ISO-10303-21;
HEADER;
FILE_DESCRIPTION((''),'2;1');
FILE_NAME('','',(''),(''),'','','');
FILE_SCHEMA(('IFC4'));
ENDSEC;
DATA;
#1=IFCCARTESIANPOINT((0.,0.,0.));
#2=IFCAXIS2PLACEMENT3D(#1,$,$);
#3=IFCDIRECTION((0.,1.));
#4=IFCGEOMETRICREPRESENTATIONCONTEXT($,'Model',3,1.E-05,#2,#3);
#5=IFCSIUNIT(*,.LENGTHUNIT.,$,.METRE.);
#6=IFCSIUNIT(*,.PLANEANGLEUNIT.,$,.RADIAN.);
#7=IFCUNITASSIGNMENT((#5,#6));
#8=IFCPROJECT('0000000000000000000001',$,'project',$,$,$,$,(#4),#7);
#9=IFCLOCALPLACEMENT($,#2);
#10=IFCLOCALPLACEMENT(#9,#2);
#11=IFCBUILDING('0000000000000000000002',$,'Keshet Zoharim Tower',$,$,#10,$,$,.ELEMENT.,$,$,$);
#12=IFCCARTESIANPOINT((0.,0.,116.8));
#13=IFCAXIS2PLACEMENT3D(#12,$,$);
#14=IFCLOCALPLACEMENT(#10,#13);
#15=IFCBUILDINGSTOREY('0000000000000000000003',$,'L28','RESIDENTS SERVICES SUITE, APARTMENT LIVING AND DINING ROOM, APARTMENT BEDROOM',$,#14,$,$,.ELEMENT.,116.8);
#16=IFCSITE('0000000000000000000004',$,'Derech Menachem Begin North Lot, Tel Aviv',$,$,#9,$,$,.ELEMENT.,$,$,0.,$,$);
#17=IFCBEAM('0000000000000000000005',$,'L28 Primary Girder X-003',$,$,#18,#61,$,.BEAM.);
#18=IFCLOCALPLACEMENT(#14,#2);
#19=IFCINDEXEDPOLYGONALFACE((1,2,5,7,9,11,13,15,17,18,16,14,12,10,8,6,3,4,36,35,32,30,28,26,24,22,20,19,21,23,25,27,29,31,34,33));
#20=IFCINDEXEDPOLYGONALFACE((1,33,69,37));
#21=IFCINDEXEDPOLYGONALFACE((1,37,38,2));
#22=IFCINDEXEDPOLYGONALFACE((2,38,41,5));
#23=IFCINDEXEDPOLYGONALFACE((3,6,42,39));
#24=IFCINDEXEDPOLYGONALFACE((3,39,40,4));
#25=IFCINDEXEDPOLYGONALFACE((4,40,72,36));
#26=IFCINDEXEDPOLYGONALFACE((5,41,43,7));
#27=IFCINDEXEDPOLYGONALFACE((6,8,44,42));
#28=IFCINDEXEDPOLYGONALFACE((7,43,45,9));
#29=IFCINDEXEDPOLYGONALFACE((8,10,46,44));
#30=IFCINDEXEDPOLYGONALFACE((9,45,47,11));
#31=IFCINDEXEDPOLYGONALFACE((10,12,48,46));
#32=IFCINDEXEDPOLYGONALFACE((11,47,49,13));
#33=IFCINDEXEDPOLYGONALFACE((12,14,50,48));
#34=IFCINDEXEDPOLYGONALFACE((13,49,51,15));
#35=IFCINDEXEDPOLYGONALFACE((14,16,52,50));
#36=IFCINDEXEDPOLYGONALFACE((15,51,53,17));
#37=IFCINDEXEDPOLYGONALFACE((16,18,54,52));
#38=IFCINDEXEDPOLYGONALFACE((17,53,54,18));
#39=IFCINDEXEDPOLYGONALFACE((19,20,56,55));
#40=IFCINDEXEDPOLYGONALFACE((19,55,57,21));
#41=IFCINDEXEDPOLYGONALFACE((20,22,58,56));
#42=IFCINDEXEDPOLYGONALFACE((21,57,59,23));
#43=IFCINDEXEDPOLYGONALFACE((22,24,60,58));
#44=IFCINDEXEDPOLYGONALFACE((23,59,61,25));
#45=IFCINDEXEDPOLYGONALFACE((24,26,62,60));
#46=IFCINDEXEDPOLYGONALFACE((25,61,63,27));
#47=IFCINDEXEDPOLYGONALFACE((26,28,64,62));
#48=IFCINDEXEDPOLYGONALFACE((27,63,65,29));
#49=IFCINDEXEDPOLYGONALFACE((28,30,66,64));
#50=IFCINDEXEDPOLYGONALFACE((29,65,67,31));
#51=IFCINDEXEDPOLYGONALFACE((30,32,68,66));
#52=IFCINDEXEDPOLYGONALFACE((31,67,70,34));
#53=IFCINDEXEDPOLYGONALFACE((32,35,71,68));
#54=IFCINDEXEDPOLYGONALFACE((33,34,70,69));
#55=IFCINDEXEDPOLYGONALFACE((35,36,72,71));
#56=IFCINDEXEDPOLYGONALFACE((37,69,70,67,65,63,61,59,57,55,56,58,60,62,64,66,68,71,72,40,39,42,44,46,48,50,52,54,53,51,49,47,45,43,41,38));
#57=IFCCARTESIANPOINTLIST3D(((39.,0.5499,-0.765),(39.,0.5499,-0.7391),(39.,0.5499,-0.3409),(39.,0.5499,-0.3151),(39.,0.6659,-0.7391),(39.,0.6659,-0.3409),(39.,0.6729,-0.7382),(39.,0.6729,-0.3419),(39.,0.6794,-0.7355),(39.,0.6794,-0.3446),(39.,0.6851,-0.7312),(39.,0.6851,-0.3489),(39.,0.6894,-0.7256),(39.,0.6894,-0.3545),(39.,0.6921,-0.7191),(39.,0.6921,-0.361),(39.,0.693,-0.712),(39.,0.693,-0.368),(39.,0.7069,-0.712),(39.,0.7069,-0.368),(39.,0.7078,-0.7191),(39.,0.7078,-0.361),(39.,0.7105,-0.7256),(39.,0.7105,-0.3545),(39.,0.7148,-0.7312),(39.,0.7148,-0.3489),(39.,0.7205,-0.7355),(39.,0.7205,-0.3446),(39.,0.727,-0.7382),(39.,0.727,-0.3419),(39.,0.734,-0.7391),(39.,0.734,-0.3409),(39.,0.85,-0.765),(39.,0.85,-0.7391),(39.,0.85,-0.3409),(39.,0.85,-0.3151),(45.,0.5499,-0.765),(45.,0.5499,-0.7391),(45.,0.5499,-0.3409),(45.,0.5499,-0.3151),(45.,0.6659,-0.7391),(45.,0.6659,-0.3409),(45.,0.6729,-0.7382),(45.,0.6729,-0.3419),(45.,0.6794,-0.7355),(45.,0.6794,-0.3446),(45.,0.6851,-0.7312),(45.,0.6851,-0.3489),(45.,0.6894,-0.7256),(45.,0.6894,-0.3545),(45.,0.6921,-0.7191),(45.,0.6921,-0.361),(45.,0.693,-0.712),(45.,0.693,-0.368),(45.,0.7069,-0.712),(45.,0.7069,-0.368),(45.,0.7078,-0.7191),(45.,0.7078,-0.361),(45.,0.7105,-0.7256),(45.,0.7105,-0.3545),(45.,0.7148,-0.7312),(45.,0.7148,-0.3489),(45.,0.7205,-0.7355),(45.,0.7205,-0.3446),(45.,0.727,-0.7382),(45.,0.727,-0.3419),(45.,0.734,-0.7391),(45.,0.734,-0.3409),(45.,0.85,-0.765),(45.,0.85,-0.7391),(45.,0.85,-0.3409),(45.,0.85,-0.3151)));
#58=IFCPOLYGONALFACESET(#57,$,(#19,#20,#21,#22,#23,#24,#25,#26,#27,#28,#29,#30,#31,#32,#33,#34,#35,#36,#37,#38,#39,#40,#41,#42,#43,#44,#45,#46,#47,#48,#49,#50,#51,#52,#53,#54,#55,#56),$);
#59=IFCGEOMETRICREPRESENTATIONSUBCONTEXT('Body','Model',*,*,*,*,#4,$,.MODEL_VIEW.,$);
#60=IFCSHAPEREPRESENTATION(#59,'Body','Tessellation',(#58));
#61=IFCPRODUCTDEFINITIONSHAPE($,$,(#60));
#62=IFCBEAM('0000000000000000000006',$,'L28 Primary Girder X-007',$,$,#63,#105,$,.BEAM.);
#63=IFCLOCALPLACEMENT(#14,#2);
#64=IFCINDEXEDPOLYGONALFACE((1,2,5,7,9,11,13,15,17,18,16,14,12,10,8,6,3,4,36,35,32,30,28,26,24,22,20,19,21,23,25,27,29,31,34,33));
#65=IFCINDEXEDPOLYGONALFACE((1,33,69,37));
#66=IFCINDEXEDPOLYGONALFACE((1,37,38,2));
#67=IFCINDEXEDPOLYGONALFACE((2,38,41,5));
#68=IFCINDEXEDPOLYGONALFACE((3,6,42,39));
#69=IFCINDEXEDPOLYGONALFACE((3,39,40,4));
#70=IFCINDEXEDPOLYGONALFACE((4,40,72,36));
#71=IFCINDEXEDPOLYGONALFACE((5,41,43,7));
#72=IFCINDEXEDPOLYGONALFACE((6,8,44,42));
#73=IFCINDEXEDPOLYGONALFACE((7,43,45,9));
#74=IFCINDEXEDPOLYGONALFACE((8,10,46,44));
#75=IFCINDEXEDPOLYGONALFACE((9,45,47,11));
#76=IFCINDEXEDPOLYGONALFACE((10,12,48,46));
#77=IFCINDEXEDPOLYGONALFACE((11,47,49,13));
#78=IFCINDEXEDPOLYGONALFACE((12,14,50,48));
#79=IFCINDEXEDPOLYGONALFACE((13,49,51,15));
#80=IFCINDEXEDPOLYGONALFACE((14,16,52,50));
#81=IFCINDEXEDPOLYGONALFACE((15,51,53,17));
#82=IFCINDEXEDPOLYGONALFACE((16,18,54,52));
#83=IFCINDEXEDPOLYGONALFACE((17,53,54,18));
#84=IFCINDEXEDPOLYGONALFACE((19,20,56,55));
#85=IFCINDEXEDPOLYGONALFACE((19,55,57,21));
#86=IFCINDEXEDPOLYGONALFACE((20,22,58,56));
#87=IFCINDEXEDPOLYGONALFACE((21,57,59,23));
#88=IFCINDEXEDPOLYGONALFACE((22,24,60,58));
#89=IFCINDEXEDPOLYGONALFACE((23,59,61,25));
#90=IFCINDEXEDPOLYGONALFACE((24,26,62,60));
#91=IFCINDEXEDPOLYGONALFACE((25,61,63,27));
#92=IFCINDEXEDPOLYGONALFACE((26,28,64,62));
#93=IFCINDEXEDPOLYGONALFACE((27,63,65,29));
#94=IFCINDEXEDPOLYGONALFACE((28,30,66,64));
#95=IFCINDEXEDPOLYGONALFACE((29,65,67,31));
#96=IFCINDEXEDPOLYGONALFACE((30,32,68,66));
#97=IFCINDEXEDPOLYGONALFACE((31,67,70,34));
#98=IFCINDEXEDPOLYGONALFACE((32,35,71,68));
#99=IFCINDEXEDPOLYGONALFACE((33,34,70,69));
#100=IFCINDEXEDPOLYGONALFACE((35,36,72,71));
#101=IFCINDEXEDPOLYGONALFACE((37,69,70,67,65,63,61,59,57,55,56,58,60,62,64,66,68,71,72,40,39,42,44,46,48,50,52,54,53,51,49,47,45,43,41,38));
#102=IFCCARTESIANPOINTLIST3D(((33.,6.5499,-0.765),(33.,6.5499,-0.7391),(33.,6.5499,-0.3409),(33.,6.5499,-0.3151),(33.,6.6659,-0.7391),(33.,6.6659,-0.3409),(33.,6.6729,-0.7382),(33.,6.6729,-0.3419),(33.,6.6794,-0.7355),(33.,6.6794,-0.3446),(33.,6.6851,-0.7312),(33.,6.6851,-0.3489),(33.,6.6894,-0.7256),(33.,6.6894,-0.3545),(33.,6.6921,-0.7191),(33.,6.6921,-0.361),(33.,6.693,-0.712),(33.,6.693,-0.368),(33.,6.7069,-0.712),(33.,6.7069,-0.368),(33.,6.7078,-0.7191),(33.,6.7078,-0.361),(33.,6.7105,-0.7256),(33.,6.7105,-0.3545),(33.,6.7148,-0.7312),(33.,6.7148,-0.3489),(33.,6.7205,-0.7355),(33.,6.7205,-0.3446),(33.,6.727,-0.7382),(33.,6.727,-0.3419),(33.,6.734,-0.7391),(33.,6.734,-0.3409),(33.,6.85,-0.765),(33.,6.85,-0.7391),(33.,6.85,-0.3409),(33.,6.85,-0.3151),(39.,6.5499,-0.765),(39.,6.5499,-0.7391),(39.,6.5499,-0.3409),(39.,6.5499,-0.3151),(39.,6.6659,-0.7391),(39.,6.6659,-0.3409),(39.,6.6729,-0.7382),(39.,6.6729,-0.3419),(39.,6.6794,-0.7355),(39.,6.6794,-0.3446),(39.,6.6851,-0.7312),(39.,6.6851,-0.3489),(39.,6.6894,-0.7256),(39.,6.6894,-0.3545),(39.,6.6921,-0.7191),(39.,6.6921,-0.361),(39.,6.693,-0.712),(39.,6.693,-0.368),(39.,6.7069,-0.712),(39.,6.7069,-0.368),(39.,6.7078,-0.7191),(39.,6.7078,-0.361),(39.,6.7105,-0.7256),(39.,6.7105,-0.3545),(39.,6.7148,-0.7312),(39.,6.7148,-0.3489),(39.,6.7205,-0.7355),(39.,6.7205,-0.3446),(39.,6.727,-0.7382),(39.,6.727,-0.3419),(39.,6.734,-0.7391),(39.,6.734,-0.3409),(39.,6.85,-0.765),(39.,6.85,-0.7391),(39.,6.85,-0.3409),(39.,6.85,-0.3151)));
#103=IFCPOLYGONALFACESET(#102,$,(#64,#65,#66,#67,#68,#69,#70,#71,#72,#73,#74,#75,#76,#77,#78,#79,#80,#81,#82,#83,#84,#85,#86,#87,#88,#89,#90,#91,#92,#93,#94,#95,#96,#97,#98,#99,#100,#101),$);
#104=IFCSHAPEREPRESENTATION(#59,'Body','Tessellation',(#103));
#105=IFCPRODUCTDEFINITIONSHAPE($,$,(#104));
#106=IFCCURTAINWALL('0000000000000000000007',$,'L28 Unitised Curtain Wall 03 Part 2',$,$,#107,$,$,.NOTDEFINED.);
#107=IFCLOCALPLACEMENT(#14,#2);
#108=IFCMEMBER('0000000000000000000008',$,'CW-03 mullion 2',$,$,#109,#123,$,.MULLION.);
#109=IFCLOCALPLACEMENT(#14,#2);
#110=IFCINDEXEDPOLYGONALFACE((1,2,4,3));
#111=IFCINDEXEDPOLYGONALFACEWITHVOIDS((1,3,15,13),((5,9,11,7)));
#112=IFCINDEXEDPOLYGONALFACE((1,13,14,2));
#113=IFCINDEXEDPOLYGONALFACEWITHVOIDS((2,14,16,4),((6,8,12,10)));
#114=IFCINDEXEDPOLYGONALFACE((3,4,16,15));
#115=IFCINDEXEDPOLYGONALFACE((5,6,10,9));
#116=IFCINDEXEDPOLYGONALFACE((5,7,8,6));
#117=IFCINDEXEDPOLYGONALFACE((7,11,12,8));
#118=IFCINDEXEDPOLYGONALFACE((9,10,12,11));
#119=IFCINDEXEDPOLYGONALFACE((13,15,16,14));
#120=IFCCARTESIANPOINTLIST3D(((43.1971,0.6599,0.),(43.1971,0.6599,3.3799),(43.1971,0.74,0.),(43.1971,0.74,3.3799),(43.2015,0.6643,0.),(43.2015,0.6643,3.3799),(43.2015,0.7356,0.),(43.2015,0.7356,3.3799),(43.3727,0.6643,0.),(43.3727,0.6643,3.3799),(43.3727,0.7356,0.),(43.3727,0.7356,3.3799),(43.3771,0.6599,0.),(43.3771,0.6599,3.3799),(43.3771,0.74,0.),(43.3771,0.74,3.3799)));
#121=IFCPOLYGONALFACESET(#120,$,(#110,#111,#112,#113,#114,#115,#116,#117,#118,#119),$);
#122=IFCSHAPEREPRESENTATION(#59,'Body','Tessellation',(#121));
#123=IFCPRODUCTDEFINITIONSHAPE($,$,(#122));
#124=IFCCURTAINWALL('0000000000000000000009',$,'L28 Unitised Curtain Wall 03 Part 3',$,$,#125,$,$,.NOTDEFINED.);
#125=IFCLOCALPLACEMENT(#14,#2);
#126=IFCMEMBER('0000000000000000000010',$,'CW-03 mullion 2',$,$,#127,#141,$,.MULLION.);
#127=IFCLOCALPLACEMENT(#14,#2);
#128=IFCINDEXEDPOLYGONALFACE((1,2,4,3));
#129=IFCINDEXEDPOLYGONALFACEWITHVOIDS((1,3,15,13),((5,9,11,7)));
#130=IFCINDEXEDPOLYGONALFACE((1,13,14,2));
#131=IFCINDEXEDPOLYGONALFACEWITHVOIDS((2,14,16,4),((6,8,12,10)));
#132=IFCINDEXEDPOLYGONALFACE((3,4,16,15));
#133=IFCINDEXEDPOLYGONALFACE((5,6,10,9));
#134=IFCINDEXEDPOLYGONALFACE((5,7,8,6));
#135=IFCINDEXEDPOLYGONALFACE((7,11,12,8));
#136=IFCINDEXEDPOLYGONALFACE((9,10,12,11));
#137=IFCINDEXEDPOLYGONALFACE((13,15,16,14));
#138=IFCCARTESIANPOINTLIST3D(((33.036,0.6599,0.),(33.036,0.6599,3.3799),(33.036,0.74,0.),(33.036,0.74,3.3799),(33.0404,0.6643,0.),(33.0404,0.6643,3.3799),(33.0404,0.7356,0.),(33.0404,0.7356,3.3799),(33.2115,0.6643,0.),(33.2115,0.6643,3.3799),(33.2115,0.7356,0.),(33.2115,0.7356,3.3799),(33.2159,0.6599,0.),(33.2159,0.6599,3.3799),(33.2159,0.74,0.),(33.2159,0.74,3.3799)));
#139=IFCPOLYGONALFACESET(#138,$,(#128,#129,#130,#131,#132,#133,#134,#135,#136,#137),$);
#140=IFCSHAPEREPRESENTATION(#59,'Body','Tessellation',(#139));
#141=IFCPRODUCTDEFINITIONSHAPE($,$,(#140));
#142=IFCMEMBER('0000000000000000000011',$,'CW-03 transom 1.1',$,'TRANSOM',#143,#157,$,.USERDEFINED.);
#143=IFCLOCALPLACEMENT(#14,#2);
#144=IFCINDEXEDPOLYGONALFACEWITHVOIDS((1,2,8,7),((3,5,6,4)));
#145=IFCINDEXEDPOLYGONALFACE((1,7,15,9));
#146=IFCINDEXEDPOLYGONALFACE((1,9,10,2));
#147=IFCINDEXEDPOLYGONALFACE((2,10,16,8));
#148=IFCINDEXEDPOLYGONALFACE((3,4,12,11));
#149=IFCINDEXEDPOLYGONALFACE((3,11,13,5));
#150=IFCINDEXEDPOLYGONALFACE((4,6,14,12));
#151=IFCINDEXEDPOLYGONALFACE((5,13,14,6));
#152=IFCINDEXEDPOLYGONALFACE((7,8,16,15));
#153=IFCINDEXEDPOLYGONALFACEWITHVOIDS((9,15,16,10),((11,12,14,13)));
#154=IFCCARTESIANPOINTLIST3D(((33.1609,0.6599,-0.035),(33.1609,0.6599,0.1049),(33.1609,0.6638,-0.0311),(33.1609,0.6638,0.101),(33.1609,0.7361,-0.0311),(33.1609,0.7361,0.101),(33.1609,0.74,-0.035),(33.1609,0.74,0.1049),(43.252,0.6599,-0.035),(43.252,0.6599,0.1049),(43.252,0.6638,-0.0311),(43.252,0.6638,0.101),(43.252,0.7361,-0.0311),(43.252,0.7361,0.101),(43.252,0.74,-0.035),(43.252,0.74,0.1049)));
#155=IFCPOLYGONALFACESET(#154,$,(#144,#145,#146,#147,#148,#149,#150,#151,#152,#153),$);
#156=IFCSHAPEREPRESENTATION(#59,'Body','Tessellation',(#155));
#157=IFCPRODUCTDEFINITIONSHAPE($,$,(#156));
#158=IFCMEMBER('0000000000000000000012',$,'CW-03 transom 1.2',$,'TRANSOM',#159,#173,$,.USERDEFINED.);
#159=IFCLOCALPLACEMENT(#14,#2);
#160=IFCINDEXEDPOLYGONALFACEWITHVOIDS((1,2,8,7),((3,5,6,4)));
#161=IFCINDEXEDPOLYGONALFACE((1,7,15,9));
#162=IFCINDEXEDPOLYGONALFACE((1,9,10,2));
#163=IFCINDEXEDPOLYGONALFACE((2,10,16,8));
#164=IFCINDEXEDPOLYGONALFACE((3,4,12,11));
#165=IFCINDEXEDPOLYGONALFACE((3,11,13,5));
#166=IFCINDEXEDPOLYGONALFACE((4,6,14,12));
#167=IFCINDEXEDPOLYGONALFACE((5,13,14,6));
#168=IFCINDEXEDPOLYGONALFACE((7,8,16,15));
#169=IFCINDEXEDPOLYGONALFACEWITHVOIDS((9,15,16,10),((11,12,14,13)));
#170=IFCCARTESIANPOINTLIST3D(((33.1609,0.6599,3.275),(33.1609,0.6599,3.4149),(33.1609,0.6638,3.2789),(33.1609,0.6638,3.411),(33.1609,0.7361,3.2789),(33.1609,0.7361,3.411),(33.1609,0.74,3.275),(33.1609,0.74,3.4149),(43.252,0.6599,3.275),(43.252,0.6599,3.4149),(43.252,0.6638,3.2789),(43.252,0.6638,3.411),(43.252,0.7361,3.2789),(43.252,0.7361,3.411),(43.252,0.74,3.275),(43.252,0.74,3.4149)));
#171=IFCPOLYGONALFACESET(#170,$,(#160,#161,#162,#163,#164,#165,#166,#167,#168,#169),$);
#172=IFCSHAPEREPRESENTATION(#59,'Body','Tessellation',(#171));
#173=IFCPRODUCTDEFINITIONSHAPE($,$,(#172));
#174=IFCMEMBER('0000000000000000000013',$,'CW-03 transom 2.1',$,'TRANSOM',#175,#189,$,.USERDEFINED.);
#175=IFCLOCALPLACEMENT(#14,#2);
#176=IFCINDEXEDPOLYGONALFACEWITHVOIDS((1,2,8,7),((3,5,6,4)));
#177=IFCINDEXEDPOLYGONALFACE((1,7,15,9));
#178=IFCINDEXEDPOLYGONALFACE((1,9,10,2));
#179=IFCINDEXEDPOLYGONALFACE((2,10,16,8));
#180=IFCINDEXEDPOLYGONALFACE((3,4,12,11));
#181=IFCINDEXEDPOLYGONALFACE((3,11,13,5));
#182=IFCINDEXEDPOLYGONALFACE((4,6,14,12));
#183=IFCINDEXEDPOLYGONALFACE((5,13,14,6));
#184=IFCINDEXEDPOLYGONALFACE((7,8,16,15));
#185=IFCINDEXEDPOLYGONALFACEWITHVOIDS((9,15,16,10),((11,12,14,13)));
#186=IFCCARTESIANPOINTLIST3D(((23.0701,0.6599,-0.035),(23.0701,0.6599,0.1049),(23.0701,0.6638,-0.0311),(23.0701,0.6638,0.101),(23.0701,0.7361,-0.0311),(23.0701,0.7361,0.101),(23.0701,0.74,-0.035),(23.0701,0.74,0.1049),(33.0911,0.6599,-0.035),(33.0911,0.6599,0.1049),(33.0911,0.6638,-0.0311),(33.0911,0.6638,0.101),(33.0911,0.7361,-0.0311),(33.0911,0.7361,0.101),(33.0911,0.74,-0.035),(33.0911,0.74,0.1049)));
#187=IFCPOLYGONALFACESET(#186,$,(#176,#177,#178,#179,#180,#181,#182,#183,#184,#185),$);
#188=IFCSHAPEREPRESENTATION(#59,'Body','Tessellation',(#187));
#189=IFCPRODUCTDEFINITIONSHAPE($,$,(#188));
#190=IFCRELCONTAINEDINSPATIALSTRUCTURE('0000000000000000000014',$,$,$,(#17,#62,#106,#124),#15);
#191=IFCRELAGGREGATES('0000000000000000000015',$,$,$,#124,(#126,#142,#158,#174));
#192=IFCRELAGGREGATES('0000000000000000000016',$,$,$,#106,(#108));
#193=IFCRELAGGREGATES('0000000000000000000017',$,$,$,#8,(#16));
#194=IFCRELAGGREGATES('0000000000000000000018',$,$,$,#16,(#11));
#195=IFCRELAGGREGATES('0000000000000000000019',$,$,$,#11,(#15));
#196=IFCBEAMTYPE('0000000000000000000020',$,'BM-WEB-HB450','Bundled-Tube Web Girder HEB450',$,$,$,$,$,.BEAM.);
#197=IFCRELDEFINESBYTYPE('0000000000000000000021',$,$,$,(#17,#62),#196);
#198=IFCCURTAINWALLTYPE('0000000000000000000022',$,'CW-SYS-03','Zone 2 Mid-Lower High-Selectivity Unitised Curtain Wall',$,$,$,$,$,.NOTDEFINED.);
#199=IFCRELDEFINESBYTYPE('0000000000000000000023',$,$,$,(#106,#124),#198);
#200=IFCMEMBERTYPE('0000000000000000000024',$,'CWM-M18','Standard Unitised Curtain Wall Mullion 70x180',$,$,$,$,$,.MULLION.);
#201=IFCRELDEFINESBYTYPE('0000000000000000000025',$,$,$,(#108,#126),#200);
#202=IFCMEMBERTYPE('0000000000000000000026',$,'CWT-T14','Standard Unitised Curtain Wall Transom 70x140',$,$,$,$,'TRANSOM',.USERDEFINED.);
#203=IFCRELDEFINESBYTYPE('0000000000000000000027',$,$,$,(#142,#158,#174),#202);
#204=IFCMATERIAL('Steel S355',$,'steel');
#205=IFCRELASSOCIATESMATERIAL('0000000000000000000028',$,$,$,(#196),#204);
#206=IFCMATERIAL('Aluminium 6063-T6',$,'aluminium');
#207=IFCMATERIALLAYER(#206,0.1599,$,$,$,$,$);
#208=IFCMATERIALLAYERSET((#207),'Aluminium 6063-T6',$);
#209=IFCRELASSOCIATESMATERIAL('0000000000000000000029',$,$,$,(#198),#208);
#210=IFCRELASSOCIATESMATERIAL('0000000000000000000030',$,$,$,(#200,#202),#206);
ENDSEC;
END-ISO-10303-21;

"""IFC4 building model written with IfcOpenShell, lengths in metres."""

from ifc_helpers import new_model, si_unit, direction, frame, origin, origin_2d, place, context, subcontext, project, spatial, hollow_rectangle, i_section, extrude, material, layer, layer_set, material_profile, profile_set, type_object, element, aggregate, save


model = new_model("IFC4")

# Units and contexts
model_context = context("Model", 3, precision=1e-05, world=origin(), true_north=direction((0.0, 1.0)))
body_context = subcontext(model_context, "Body", "Model", "MODEL_VIEW")
ifc_project = project(units=[si_unit("LENGTHUNIT", "METRE"), si_unit("PLANEANGLEUNIT", "RADIAN")], contexts=[model_context])

# Site, building, storey
site_placement = place(None, origin())
site = spatial("IfcSite", under=ifc_project, at=site_placement, Name="Derech Menachem Begin North Lot, Tel Aviv", CompositionType="ELEMENT", RefElevation=0.0)
building_placement = place(site_placement, origin())
building = spatial("IfcBuilding", under=site, at=building_placement, Name="Keshet Zoharim Tower", CompositionType="ELEMENT")
storey_placement = place(building_placement, frame((0.0, 0.0, 116.8)))
storey = spatial("IfcBuildingStorey", under=building, at=storey_placement, Name="L28", Description="RESIDENTS SERVICES SUITE, APARTMENT LIVING AND DINING ROOM, APARTMENT BEDROOM", CompositionType="ELEMENT", Elevation=116.8)

# Shared definitions
ifc_material_1 = material(Name="Steel S355", Category="steel")

# Beams
ifc_material_profile_1 = material_profile(ifc_material_1, i_section(OverallWidth=0.3, OverallDepth=0.45, WebThickness=0.0139, FlangeThickness=0.0259, FilletRadius=0.0271, at=origin_2d()), Name="HEB450")
ifc_profile_set_1 = profile_set([ifc_material_profile_1], Name="Steel S355")
beam_type_1 = type_object("IfcBeamType", Name="BM-WEB-HB450", Description="Bundled-Tube Web Girder HEB450", PredefinedType="BEAM", material=ifc_profile_set_1)
for number, where, z_axis, x_axis, name in (
    (1, (39.0, 0.7, -0.54), (1.0, 0.0, 0.0), (0.0, 1.0, 0.0), "L28 Primary Girder X-003"),
    (2, (33.0, 6.7, -0.54), (1.0, 0.0, 0.0), (0.0, 1.0, 0.0), "L28 Primary Girder X-007"),
):
    element("IfcBeam", number, at=place(storey_placement, frame(where, z_axis=z_axis, x_axis=x_axis)), inside=storey, type_object=beam_type_1, Name=name, PredefinedType="BEAM", context=body_context, shape_type="SweptSolid", body=[
        extrude(i_section(OverallWidth=0.3, OverallDepth=0.45, WebThickness=0.0139, FlangeThickness=0.0259, FilletRadius=0.0271, at=origin_2d()), origin(), (0.0, 0.0, 1.0), 6.0),
    ])

# Curtain wall, member
ifc_material_2 = material(Name="Aluminium 6063-T6", Category="aluminium")
ifc_layer_1 = layer(ifc_material_2, 0.1599)
ifc_layer_set_1 = layer_set([ifc_layer_1], Name="Aluminium 6063-T6")
curtain_wall_type = type_object("IfcCurtainWallType", Name="CW-SYS-03", Description="Zone 2 Mid-Lower High-Selectivity Unitised Curtain Wall", PredefinedType="NOTDEFINED", material=ifc_layer_set_1)
curtain_wall_1_placement = place(storey_placement, origin())
curtain_wall_1 = element("IfcCurtainWall", 3, at=curtain_wall_1_placement, inside=storey, type_object=curtain_wall_type, Name="L28 Unitised Curtain Wall 03 Part 2", PredefinedType="NOTDEFINED")
ifc_material_profile_2 = material_profile(ifc_material_2, hollow_rectangle(XDim=0.0801, YDim=0.1799, WallThickness=0.0044, at=origin_2d()), Name="MUL-80x180")
ifc_profile_set_2 = profile_set([ifc_material_profile_2], Name="Aluminium 6063-T6")
member_type_1 = type_object("IfcMemberType", Name="CWM-M18", Description="Standard Unitised Curtain Wall Mullion 70x180", PredefinedType="MULLION", material=ifc_profile_set_2)
member_1_placement = place(storey_placement, frame((43.2871, 0.7, 0.0), z_axis=(0.0, 0.0, 1.0), x_axis=(0.0, -1.0, 0.0)))
member_1 = element("IfcMember", 4, at=member_1_placement, type_object=member_type_1, Name="CW-03 mullion 2", PredefinedType="MULLION", context=body_context, shape_type="SweptSolid", body=[
    extrude(hollow_rectangle(XDim=0.0801, YDim=0.1799, WallThickness=0.0044, at=origin_2d()), origin(), (0.0, 0.0, 1.0), 3.3799),
])

# Curtain wall, members
curtain_wall_2_placement = place(storey_placement, origin())
curtain_wall_2 = element("IfcCurtainWall", 5, at=curtain_wall_2_placement, inside=storey, type_object=curtain_wall_type, Name="L28 Unitised Curtain Wall 03 Part 3", PredefinedType="NOTDEFINED")
member_2_placement = place(storey_placement, frame((33.126, 0.7, 0.0), z_axis=(0.0, 0.0, 1.0), x_axis=(0.0, -1.0, 0.0)))
member_2 = element("IfcMember", 6, at=member_2_placement, type_object=member_type_1, Name="CW-03 mullion 2", PredefinedType="MULLION", context=body_context, shape_type="SweptSolid", body=[
    extrude(hollow_rectangle(XDim=0.0801, YDim=0.1799, WallThickness=0.0044, at=origin_2d()), origin(), (0.0, 0.0, 1.0), 3.3799),
])
ifc_material_profile_3 = material_profile(ifc_material_2, hollow_rectangle(XDim=0.0801, YDim=0.1399, WallThickness=0.0039, at=origin_2d()), Name="TRN-80x140")
ifc_profile_set_3 = profile_set([ifc_material_profile_3], Name="Aluminium 6063-T6")
member_type_2 = type_object("IfcMemberType", Name="CWT-T14", Description="Standard Unitised Curtain Wall Transom 70x140", ElementType="TRANSOM", PredefinedType="USERDEFINED", material=ifc_profile_set_3)
member_3_placement = place(storey_placement, frame((43.252, 0.7, 0.0349), z_axis=(-1.0, 0.0, 0.0), x_axis=(0.0, -1.0, 0.0)))
member_3 = element("IfcMember", 7, at=member_3_placement, type_object=member_type_2, Name="CW-03 transom 1.1", ObjectType="TRANSOM", PredefinedType="USERDEFINED", context=body_context, shape_type="SweptSolid", body=[
    extrude(hollow_rectangle(XDim=0.0801, YDim=0.1399, WallThickness=0.0039, at=origin_2d()), origin(), (0.0, 0.0, 1.0), 10.0911),
])
member_4_placement = place(storey_placement, frame((43.252, 0.7, 3.345), z_axis=(-1.0, 0.0, 0.0), x_axis=(0.0, -1.0, 0.0)))
member_4 = element("IfcMember", 8, at=member_4_placement, type_object=member_type_2, Name="CW-03 transom 1.2", ObjectType="TRANSOM", PredefinedType="USERDEFINED", context=body_context, shape_type="SweptSolid", body=[
    extrude(hollow_rectangle(XDim=0.0801, YDim=0.1399, WallThickness=0.0039, at=origin_2d()), origin(), (0.0, 0.0, 1.0), 10.0911),
])
member_5_placement = place(storey_placement, frame((33.0911, 0.7, 0.0349), z_axis=(-1.0, 0.0, 0.0), x_axis=(0.0, -1.0, 0.0)))
member_5 = element("IfcMember", 9, at=member_5_placement, type_object=member_type_2, Name="CW-03 transom 2.1", ObjectType="TRANSOM", PredefinedType="USERDEFINED", context=body_context, shape_type="SweptSolid", body=[
    extrude(hollow_rectangle(XDim=0.0801, YDim=0.1399, WallThickness=0.0039, at=origin_2d()), origin(), (0.0, 0.0, 1.0), 10.021),
])
aggregate(curtain_wall_2, [member_2, member_3, member_4, member_5])

aggregate(curtain_wall_1, [member_1])

save(model, "model.ifc")
